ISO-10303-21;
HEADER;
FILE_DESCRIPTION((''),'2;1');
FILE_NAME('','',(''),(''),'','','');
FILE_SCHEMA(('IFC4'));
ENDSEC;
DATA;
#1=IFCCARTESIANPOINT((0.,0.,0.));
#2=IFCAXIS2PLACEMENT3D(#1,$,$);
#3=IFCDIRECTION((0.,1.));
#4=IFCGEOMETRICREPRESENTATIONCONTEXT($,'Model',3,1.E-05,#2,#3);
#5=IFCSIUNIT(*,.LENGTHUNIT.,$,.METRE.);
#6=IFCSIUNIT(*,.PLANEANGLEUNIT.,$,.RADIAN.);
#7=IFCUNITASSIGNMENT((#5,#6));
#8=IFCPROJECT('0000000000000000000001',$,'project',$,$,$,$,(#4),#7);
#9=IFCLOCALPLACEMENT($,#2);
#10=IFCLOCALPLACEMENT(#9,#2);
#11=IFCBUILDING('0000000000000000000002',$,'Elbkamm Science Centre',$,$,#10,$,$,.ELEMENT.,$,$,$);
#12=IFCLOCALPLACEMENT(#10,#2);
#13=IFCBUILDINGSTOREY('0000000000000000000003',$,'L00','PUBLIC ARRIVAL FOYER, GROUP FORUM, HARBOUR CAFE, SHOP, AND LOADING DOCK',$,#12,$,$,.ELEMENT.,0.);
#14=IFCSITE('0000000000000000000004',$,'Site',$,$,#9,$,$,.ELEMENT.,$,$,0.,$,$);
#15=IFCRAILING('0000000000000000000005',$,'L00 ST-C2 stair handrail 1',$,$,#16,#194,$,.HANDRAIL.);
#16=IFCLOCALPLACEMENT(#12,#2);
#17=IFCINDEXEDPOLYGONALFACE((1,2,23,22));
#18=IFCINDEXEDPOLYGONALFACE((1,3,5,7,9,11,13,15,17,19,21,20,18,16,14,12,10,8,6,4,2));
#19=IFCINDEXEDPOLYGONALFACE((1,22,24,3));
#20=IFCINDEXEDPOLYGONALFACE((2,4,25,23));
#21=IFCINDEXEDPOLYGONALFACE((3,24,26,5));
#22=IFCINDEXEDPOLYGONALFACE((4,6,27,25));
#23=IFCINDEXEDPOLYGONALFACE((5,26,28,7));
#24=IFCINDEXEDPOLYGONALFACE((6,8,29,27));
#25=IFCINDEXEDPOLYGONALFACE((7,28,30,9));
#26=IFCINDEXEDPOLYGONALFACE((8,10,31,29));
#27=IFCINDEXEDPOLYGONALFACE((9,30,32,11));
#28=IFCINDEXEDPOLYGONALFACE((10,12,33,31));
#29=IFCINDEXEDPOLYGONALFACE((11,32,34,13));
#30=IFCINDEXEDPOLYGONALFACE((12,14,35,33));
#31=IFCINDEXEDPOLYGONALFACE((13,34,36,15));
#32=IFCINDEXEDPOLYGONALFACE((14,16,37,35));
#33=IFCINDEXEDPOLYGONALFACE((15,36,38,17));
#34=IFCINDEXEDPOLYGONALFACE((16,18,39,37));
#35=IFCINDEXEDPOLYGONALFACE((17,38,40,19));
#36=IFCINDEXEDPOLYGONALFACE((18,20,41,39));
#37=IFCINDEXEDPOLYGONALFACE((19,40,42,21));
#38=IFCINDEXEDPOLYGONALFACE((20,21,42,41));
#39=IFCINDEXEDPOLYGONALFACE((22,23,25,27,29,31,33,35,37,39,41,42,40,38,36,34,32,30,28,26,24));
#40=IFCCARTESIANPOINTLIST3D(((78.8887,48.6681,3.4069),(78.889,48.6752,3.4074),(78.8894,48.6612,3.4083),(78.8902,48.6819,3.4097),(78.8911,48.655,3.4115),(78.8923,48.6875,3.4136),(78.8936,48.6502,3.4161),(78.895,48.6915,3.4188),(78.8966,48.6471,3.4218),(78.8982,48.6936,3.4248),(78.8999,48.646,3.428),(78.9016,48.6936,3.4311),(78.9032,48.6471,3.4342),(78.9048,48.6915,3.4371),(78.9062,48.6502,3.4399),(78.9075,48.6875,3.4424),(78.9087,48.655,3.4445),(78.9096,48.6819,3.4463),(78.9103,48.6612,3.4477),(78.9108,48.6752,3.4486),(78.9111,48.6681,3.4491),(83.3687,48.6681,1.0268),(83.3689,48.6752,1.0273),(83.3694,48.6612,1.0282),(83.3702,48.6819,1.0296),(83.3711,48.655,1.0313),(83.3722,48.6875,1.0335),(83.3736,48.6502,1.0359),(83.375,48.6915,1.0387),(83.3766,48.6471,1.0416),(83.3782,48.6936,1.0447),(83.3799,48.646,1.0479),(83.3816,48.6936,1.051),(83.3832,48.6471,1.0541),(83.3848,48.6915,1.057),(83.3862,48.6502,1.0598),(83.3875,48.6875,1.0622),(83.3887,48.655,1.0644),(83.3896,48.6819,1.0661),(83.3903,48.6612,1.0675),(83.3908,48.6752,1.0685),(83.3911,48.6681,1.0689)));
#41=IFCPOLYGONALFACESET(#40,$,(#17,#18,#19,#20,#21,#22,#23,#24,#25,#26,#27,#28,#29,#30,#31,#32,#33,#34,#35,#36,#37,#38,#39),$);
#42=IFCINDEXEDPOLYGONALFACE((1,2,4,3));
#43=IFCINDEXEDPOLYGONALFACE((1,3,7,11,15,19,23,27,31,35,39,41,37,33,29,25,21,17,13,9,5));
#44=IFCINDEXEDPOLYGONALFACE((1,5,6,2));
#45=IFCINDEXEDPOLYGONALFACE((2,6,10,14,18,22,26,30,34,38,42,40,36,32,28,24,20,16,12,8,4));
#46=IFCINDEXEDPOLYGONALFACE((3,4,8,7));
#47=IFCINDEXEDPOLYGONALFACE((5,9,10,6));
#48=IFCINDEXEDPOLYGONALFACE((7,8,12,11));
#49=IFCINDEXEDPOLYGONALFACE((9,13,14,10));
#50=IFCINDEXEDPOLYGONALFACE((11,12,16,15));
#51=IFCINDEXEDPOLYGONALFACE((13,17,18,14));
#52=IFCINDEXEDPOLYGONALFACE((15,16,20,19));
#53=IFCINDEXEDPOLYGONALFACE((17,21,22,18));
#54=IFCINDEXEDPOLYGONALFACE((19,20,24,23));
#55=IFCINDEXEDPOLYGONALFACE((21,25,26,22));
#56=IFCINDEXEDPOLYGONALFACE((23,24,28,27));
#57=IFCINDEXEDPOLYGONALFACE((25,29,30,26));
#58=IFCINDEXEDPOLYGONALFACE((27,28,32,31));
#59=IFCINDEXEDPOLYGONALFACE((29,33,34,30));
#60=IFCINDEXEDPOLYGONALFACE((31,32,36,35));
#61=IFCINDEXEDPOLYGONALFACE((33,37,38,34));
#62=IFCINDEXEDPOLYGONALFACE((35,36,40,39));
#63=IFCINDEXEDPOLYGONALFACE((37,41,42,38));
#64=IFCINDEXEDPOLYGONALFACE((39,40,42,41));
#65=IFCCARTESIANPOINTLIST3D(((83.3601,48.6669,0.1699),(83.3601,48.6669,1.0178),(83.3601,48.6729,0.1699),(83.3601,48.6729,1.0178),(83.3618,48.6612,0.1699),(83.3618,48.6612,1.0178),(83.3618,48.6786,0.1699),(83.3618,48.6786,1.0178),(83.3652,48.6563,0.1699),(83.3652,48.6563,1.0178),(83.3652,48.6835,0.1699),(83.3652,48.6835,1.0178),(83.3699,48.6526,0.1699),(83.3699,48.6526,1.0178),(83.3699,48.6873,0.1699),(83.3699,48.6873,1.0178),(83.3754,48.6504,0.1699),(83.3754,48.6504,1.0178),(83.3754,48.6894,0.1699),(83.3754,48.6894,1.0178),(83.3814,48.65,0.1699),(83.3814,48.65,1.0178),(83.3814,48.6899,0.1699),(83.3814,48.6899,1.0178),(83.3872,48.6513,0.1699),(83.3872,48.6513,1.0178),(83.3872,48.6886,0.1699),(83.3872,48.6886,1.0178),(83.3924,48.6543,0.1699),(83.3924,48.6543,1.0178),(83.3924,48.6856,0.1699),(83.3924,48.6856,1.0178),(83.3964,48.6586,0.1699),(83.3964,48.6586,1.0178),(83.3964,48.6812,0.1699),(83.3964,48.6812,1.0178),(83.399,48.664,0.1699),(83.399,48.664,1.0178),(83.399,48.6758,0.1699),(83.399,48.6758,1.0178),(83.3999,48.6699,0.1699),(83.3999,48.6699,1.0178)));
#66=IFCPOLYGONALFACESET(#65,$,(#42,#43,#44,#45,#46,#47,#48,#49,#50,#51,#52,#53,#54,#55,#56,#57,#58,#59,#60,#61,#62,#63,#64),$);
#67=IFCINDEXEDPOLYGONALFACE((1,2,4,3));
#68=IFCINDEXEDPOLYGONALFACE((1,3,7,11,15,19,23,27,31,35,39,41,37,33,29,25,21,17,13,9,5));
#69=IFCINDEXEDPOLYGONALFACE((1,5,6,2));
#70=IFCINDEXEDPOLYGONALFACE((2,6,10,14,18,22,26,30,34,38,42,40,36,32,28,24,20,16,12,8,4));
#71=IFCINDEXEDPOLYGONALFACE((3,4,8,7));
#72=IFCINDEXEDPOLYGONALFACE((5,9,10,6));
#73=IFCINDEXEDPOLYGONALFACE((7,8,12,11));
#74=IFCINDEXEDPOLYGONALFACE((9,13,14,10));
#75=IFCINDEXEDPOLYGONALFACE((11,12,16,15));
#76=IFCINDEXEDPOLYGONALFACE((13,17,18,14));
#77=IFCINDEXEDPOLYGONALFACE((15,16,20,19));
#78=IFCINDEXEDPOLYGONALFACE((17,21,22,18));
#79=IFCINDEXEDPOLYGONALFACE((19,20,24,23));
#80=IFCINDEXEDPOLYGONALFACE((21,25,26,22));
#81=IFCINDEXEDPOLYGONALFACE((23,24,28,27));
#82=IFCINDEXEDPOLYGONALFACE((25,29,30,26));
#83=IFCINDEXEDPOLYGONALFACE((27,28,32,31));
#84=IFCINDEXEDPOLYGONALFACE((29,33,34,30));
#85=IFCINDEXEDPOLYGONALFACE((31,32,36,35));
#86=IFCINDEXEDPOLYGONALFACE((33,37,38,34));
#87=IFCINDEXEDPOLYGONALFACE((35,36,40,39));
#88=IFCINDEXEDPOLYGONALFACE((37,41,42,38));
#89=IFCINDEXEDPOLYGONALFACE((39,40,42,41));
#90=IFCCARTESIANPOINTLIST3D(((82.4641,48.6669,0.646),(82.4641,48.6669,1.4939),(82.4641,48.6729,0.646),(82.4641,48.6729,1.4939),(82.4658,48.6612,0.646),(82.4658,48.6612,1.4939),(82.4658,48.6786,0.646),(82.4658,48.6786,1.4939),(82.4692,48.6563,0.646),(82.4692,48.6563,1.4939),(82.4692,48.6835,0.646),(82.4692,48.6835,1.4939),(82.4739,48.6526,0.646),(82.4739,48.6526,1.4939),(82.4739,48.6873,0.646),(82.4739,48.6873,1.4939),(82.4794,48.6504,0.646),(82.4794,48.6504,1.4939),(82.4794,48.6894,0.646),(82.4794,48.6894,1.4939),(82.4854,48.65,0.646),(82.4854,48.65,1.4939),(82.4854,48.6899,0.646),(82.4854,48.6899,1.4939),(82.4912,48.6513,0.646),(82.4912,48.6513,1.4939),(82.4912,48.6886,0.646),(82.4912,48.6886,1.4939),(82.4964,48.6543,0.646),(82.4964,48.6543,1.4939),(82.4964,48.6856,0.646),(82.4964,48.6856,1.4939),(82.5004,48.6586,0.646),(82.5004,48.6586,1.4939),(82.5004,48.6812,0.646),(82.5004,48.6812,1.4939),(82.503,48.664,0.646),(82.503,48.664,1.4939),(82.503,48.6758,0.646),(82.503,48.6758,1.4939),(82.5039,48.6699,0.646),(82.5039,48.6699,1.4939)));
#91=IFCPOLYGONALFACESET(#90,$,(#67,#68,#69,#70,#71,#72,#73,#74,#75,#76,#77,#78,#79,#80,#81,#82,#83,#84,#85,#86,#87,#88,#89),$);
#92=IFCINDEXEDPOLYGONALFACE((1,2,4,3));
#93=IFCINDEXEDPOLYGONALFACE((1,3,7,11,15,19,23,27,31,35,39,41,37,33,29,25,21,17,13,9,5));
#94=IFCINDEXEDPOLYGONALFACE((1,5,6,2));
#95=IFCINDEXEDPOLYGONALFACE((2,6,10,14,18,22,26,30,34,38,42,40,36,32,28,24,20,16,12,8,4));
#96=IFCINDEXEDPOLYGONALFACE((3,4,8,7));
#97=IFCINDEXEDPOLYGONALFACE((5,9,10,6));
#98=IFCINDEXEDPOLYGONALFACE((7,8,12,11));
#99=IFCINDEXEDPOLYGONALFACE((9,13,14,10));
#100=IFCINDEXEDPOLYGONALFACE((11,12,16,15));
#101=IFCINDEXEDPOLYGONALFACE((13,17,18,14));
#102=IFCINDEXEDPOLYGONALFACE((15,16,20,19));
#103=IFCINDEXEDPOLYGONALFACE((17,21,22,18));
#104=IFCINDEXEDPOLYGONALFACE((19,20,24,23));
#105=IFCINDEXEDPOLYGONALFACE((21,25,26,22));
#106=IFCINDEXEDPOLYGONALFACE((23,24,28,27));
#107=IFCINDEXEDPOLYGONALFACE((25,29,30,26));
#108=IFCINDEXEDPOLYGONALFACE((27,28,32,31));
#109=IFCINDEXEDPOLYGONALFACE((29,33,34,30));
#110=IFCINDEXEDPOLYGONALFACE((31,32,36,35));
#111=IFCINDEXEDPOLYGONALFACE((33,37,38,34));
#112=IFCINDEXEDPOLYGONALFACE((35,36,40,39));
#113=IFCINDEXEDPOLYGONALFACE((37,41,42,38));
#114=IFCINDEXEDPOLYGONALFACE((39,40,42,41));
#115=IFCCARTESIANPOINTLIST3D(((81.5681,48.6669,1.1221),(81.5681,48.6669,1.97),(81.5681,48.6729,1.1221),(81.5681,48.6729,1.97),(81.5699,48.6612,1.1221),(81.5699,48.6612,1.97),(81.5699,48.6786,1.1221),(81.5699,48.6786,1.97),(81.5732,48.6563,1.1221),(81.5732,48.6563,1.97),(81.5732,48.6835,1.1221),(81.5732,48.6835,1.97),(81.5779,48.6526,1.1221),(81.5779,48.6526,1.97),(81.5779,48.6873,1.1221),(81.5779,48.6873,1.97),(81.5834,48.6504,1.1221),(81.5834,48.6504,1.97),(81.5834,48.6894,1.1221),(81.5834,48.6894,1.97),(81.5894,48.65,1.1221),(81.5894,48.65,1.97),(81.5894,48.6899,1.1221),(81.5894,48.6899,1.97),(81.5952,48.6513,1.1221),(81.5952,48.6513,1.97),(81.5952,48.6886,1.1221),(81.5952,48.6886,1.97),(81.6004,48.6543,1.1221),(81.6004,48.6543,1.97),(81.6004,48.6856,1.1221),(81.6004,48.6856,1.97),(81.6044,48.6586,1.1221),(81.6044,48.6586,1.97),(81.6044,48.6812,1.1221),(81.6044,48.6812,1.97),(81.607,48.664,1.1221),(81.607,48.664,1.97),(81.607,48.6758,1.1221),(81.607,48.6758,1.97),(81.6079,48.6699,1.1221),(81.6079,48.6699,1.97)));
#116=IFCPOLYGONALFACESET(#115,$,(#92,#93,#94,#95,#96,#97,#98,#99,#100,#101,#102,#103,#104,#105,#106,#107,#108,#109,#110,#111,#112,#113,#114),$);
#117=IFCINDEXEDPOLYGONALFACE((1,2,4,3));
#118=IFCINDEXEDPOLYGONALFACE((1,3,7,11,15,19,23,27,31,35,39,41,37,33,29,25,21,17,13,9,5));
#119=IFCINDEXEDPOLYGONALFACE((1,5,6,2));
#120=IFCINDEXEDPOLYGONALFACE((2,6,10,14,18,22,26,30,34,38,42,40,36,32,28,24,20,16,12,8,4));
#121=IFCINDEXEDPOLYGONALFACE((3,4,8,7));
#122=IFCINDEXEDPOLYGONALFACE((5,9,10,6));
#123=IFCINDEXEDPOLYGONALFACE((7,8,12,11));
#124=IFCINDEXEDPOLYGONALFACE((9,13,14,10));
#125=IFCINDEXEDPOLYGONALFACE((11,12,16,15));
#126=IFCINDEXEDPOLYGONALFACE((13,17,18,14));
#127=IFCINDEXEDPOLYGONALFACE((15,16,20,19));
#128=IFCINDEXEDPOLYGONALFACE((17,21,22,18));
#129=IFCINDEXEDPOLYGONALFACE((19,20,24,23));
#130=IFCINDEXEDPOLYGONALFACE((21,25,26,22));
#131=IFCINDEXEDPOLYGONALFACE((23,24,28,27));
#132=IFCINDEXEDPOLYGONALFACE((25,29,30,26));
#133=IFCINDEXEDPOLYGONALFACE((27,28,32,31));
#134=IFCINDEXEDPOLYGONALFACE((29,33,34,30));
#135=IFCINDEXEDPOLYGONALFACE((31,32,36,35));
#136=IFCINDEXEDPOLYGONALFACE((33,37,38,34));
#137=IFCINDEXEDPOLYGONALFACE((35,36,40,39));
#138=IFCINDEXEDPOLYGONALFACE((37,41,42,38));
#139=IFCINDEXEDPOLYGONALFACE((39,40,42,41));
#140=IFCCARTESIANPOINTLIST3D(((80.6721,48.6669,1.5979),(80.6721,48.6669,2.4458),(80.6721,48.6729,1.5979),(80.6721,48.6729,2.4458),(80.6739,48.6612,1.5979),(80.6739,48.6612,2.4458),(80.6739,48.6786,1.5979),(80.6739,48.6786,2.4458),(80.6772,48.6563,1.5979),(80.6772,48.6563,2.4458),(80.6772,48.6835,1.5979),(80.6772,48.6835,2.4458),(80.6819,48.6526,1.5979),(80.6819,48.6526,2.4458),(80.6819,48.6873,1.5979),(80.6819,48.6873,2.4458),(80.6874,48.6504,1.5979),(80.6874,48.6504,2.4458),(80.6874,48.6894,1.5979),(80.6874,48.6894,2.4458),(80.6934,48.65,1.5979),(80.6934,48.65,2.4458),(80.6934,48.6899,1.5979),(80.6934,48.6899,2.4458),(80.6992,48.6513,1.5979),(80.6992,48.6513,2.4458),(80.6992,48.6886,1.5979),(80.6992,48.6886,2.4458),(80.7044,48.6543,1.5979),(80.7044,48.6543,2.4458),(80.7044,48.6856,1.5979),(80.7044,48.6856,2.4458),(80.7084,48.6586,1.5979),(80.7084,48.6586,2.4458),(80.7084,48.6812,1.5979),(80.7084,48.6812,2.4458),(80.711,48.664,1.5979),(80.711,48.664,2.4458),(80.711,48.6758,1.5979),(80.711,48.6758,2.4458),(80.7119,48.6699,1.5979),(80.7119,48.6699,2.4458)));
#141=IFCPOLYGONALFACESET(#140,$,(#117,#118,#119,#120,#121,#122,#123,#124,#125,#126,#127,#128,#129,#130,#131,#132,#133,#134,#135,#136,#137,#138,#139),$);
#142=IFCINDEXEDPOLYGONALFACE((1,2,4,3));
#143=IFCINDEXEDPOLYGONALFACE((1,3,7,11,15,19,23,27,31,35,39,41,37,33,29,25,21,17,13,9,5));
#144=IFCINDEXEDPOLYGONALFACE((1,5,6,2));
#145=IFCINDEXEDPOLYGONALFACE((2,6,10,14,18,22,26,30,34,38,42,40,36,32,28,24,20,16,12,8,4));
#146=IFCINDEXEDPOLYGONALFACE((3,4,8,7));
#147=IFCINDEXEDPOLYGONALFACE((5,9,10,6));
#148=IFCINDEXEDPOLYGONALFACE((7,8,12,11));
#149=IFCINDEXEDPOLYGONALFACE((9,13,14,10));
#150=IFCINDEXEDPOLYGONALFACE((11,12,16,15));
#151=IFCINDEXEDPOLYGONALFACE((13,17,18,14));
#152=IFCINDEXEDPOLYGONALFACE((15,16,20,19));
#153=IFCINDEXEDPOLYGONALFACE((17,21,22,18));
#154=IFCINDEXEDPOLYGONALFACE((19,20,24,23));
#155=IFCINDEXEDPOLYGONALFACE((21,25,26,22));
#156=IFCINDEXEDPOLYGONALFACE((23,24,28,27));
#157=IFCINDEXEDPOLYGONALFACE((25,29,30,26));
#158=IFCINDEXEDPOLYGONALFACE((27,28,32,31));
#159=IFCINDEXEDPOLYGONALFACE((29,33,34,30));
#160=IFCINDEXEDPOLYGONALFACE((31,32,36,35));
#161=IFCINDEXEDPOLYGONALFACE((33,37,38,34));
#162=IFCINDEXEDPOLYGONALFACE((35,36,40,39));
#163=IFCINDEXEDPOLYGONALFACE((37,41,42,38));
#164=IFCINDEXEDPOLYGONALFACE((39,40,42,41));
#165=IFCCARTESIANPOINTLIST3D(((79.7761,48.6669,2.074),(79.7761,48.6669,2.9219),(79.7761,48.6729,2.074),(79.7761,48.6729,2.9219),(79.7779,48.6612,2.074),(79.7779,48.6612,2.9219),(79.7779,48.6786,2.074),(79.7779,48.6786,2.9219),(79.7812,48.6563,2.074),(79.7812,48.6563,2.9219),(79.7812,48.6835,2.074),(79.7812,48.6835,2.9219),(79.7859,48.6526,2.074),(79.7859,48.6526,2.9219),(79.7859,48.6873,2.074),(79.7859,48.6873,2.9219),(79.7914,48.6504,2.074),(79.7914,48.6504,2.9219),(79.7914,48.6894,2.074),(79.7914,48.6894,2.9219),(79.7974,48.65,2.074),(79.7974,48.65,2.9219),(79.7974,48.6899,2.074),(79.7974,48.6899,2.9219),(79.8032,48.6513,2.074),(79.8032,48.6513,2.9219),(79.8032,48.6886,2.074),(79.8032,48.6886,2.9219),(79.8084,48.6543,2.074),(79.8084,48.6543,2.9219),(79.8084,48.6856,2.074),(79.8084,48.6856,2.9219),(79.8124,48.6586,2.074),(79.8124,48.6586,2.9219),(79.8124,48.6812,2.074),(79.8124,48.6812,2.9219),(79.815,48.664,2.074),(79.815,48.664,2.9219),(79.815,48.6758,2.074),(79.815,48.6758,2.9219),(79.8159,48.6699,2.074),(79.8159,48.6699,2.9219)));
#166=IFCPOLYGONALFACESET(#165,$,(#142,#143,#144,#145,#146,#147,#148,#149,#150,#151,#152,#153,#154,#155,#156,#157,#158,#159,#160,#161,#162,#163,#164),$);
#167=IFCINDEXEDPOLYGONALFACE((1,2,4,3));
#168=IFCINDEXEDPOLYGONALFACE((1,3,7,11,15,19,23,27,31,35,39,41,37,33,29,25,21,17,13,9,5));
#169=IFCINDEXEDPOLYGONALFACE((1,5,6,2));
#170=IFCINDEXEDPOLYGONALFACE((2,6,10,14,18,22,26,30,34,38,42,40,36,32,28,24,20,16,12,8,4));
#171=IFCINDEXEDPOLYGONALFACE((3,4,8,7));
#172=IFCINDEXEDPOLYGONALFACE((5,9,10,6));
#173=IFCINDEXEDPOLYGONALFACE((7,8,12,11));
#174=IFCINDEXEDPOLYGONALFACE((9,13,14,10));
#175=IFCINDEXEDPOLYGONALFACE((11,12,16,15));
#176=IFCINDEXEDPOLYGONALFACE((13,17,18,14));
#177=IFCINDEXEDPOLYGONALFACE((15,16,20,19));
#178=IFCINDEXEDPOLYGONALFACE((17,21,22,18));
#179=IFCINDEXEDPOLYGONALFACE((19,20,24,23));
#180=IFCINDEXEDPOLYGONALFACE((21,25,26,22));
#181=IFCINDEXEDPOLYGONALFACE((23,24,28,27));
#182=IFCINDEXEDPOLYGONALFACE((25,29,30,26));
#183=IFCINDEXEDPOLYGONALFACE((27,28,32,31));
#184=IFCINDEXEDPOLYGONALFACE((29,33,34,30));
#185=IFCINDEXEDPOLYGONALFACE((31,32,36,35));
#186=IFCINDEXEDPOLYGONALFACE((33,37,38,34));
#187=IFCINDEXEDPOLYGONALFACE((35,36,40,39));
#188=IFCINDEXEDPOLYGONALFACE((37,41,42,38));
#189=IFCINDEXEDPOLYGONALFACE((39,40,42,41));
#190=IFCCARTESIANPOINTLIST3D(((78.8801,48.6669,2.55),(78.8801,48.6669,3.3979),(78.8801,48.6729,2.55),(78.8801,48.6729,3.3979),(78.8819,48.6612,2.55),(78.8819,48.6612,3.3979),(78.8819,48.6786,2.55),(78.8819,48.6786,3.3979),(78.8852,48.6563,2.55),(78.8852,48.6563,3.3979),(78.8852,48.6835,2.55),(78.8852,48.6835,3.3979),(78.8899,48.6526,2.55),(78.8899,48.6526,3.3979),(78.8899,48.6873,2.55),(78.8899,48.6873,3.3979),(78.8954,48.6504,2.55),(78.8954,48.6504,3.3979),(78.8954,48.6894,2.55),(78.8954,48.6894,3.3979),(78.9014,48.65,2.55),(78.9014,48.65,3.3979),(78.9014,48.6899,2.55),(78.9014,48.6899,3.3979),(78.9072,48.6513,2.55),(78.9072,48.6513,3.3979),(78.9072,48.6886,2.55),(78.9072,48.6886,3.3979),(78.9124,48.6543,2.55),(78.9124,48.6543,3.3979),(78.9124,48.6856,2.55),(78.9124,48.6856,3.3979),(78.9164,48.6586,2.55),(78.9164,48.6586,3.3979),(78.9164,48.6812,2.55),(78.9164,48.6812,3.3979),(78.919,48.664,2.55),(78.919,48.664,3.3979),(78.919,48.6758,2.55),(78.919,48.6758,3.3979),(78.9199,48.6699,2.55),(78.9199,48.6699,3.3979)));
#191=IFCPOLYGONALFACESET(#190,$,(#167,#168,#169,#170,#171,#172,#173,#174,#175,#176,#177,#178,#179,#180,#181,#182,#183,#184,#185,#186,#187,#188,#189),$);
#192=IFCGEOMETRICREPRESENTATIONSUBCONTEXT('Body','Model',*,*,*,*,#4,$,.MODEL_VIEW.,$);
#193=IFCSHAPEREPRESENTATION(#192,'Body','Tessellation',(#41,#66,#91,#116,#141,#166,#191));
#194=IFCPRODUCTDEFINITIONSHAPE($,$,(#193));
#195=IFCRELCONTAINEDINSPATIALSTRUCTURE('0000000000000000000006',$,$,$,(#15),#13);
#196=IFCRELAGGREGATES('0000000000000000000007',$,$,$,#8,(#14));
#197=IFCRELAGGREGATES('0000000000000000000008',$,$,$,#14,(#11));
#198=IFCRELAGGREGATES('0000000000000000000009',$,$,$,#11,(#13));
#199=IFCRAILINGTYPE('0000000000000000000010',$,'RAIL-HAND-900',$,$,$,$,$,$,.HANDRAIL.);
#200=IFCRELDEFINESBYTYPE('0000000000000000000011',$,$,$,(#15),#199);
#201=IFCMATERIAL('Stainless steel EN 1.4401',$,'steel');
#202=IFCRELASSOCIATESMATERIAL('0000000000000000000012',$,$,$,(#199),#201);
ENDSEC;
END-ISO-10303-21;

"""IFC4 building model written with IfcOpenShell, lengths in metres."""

from ifc_helpers import new_model, si_unit, direction, frame, origin, origin_2d, place, context, subcontext, project, spatial, circle, extrude, material, type_object, element, save


model = new_model("IFC4")

# Units and contexts
model_context = context("Model", 3, precision=1e-05, world=origin(), true_north=direction((0.0, 1.0)))
body_context = subcontext(model_context, "Body", "Model", "MODEL_VIEW")
ifc_project = project(units=[si_unit("LENGTHUNIT", "METRE"), si_unit("PLANEANGLEUNIT", "RADIAN")], contexts=[model_context])

# Site, building, storey
site_placement = place(None, origin())
site = spatial("IfcSite", under=ifc_project, at=site_placement, Name="Site", CompositionType="ELEMENT", RefElevation=0.0)
building_placement = place(site_placement, origin())
building = spatial("IfcBuilding", under=site, at=building_placement, Name="Elbkamm Science Centre", CompositionType="ELEMENT")
storey_placement = place(building_placement, origin())
storey = spatial("IfcBuildingStorey", under=building, at=storey_placement, Name="L00", Description="PUBLIC ARRIVAL FOYER, GROUP FORUM, HARBOUR CAFE, SHOP, AND LOADING DOCK", CompositionType="ELEMENT", Elevation=0.0)

# Railing
ifc_material_1 = material(Name="Stainless steel EN 1.4401", Category="steel")
railing_type_1 = type_object("IfcRailingType", Name="RAIL-HAND-900", PredefinedType="HANDRAIL", material=ifc_material_1)
railing_1_placement = place(storey_placement, frame((83.3799, 48.6699, 0.1699)))
element("IfcRailing", 1, at=railing_1_placement, inside=storey, type_object=railing_type_1, Name="L00 ST-C2 stair handrail 1", PredefinedType="HANDRAIL", context=body_context, shape_type="SweptSolid", body=[
    extrude(circle(Radius=0.0239, at=origin_2d()), frame((0.0, 0.0, 0.8779), z_axis=(-0.883105, 0.0, 0.469176), x_axis=(0.0, -1.0, 0.0)), (0.0, 0.0, 1.0), 5.073),
    extrude(circle(Radius=0.02, at=origin_2d()), origin(), (0.0, 0.0, 1.0), 0.8479),
    extrude(circle(Radius=0.02, at=origin_2d()), frame((-0.896, 0.0, 0.4761)), (0.0, 0.0, 1.0), 0.8479),
    extrude(circle(Radius=0.02, at=origin_2d()), frame((-1.792, 0.0, 0.9521)), (0.0, 0.0, 1.0), 0.8479),
    extrude(circle(Radius=0.02, at=origin_2d()), frame((-2.688, 0.0, 1.428)), (0.0, 0.0, 1.0), 0.8479),
    extrude(circle(Radius=0.02, at=origin_2d()), frame((-3.584, 0.0, 1.9041)), (0.0, 0.0, 1.0), 0.8479),
    extrude(circle(Radius=0.02, at=origin_2d()), frame((-4.48, 0.0, 2.3801)), (0.0, 0.0, 1.0), 0.8479),
])

save(model, "model.ifc")
